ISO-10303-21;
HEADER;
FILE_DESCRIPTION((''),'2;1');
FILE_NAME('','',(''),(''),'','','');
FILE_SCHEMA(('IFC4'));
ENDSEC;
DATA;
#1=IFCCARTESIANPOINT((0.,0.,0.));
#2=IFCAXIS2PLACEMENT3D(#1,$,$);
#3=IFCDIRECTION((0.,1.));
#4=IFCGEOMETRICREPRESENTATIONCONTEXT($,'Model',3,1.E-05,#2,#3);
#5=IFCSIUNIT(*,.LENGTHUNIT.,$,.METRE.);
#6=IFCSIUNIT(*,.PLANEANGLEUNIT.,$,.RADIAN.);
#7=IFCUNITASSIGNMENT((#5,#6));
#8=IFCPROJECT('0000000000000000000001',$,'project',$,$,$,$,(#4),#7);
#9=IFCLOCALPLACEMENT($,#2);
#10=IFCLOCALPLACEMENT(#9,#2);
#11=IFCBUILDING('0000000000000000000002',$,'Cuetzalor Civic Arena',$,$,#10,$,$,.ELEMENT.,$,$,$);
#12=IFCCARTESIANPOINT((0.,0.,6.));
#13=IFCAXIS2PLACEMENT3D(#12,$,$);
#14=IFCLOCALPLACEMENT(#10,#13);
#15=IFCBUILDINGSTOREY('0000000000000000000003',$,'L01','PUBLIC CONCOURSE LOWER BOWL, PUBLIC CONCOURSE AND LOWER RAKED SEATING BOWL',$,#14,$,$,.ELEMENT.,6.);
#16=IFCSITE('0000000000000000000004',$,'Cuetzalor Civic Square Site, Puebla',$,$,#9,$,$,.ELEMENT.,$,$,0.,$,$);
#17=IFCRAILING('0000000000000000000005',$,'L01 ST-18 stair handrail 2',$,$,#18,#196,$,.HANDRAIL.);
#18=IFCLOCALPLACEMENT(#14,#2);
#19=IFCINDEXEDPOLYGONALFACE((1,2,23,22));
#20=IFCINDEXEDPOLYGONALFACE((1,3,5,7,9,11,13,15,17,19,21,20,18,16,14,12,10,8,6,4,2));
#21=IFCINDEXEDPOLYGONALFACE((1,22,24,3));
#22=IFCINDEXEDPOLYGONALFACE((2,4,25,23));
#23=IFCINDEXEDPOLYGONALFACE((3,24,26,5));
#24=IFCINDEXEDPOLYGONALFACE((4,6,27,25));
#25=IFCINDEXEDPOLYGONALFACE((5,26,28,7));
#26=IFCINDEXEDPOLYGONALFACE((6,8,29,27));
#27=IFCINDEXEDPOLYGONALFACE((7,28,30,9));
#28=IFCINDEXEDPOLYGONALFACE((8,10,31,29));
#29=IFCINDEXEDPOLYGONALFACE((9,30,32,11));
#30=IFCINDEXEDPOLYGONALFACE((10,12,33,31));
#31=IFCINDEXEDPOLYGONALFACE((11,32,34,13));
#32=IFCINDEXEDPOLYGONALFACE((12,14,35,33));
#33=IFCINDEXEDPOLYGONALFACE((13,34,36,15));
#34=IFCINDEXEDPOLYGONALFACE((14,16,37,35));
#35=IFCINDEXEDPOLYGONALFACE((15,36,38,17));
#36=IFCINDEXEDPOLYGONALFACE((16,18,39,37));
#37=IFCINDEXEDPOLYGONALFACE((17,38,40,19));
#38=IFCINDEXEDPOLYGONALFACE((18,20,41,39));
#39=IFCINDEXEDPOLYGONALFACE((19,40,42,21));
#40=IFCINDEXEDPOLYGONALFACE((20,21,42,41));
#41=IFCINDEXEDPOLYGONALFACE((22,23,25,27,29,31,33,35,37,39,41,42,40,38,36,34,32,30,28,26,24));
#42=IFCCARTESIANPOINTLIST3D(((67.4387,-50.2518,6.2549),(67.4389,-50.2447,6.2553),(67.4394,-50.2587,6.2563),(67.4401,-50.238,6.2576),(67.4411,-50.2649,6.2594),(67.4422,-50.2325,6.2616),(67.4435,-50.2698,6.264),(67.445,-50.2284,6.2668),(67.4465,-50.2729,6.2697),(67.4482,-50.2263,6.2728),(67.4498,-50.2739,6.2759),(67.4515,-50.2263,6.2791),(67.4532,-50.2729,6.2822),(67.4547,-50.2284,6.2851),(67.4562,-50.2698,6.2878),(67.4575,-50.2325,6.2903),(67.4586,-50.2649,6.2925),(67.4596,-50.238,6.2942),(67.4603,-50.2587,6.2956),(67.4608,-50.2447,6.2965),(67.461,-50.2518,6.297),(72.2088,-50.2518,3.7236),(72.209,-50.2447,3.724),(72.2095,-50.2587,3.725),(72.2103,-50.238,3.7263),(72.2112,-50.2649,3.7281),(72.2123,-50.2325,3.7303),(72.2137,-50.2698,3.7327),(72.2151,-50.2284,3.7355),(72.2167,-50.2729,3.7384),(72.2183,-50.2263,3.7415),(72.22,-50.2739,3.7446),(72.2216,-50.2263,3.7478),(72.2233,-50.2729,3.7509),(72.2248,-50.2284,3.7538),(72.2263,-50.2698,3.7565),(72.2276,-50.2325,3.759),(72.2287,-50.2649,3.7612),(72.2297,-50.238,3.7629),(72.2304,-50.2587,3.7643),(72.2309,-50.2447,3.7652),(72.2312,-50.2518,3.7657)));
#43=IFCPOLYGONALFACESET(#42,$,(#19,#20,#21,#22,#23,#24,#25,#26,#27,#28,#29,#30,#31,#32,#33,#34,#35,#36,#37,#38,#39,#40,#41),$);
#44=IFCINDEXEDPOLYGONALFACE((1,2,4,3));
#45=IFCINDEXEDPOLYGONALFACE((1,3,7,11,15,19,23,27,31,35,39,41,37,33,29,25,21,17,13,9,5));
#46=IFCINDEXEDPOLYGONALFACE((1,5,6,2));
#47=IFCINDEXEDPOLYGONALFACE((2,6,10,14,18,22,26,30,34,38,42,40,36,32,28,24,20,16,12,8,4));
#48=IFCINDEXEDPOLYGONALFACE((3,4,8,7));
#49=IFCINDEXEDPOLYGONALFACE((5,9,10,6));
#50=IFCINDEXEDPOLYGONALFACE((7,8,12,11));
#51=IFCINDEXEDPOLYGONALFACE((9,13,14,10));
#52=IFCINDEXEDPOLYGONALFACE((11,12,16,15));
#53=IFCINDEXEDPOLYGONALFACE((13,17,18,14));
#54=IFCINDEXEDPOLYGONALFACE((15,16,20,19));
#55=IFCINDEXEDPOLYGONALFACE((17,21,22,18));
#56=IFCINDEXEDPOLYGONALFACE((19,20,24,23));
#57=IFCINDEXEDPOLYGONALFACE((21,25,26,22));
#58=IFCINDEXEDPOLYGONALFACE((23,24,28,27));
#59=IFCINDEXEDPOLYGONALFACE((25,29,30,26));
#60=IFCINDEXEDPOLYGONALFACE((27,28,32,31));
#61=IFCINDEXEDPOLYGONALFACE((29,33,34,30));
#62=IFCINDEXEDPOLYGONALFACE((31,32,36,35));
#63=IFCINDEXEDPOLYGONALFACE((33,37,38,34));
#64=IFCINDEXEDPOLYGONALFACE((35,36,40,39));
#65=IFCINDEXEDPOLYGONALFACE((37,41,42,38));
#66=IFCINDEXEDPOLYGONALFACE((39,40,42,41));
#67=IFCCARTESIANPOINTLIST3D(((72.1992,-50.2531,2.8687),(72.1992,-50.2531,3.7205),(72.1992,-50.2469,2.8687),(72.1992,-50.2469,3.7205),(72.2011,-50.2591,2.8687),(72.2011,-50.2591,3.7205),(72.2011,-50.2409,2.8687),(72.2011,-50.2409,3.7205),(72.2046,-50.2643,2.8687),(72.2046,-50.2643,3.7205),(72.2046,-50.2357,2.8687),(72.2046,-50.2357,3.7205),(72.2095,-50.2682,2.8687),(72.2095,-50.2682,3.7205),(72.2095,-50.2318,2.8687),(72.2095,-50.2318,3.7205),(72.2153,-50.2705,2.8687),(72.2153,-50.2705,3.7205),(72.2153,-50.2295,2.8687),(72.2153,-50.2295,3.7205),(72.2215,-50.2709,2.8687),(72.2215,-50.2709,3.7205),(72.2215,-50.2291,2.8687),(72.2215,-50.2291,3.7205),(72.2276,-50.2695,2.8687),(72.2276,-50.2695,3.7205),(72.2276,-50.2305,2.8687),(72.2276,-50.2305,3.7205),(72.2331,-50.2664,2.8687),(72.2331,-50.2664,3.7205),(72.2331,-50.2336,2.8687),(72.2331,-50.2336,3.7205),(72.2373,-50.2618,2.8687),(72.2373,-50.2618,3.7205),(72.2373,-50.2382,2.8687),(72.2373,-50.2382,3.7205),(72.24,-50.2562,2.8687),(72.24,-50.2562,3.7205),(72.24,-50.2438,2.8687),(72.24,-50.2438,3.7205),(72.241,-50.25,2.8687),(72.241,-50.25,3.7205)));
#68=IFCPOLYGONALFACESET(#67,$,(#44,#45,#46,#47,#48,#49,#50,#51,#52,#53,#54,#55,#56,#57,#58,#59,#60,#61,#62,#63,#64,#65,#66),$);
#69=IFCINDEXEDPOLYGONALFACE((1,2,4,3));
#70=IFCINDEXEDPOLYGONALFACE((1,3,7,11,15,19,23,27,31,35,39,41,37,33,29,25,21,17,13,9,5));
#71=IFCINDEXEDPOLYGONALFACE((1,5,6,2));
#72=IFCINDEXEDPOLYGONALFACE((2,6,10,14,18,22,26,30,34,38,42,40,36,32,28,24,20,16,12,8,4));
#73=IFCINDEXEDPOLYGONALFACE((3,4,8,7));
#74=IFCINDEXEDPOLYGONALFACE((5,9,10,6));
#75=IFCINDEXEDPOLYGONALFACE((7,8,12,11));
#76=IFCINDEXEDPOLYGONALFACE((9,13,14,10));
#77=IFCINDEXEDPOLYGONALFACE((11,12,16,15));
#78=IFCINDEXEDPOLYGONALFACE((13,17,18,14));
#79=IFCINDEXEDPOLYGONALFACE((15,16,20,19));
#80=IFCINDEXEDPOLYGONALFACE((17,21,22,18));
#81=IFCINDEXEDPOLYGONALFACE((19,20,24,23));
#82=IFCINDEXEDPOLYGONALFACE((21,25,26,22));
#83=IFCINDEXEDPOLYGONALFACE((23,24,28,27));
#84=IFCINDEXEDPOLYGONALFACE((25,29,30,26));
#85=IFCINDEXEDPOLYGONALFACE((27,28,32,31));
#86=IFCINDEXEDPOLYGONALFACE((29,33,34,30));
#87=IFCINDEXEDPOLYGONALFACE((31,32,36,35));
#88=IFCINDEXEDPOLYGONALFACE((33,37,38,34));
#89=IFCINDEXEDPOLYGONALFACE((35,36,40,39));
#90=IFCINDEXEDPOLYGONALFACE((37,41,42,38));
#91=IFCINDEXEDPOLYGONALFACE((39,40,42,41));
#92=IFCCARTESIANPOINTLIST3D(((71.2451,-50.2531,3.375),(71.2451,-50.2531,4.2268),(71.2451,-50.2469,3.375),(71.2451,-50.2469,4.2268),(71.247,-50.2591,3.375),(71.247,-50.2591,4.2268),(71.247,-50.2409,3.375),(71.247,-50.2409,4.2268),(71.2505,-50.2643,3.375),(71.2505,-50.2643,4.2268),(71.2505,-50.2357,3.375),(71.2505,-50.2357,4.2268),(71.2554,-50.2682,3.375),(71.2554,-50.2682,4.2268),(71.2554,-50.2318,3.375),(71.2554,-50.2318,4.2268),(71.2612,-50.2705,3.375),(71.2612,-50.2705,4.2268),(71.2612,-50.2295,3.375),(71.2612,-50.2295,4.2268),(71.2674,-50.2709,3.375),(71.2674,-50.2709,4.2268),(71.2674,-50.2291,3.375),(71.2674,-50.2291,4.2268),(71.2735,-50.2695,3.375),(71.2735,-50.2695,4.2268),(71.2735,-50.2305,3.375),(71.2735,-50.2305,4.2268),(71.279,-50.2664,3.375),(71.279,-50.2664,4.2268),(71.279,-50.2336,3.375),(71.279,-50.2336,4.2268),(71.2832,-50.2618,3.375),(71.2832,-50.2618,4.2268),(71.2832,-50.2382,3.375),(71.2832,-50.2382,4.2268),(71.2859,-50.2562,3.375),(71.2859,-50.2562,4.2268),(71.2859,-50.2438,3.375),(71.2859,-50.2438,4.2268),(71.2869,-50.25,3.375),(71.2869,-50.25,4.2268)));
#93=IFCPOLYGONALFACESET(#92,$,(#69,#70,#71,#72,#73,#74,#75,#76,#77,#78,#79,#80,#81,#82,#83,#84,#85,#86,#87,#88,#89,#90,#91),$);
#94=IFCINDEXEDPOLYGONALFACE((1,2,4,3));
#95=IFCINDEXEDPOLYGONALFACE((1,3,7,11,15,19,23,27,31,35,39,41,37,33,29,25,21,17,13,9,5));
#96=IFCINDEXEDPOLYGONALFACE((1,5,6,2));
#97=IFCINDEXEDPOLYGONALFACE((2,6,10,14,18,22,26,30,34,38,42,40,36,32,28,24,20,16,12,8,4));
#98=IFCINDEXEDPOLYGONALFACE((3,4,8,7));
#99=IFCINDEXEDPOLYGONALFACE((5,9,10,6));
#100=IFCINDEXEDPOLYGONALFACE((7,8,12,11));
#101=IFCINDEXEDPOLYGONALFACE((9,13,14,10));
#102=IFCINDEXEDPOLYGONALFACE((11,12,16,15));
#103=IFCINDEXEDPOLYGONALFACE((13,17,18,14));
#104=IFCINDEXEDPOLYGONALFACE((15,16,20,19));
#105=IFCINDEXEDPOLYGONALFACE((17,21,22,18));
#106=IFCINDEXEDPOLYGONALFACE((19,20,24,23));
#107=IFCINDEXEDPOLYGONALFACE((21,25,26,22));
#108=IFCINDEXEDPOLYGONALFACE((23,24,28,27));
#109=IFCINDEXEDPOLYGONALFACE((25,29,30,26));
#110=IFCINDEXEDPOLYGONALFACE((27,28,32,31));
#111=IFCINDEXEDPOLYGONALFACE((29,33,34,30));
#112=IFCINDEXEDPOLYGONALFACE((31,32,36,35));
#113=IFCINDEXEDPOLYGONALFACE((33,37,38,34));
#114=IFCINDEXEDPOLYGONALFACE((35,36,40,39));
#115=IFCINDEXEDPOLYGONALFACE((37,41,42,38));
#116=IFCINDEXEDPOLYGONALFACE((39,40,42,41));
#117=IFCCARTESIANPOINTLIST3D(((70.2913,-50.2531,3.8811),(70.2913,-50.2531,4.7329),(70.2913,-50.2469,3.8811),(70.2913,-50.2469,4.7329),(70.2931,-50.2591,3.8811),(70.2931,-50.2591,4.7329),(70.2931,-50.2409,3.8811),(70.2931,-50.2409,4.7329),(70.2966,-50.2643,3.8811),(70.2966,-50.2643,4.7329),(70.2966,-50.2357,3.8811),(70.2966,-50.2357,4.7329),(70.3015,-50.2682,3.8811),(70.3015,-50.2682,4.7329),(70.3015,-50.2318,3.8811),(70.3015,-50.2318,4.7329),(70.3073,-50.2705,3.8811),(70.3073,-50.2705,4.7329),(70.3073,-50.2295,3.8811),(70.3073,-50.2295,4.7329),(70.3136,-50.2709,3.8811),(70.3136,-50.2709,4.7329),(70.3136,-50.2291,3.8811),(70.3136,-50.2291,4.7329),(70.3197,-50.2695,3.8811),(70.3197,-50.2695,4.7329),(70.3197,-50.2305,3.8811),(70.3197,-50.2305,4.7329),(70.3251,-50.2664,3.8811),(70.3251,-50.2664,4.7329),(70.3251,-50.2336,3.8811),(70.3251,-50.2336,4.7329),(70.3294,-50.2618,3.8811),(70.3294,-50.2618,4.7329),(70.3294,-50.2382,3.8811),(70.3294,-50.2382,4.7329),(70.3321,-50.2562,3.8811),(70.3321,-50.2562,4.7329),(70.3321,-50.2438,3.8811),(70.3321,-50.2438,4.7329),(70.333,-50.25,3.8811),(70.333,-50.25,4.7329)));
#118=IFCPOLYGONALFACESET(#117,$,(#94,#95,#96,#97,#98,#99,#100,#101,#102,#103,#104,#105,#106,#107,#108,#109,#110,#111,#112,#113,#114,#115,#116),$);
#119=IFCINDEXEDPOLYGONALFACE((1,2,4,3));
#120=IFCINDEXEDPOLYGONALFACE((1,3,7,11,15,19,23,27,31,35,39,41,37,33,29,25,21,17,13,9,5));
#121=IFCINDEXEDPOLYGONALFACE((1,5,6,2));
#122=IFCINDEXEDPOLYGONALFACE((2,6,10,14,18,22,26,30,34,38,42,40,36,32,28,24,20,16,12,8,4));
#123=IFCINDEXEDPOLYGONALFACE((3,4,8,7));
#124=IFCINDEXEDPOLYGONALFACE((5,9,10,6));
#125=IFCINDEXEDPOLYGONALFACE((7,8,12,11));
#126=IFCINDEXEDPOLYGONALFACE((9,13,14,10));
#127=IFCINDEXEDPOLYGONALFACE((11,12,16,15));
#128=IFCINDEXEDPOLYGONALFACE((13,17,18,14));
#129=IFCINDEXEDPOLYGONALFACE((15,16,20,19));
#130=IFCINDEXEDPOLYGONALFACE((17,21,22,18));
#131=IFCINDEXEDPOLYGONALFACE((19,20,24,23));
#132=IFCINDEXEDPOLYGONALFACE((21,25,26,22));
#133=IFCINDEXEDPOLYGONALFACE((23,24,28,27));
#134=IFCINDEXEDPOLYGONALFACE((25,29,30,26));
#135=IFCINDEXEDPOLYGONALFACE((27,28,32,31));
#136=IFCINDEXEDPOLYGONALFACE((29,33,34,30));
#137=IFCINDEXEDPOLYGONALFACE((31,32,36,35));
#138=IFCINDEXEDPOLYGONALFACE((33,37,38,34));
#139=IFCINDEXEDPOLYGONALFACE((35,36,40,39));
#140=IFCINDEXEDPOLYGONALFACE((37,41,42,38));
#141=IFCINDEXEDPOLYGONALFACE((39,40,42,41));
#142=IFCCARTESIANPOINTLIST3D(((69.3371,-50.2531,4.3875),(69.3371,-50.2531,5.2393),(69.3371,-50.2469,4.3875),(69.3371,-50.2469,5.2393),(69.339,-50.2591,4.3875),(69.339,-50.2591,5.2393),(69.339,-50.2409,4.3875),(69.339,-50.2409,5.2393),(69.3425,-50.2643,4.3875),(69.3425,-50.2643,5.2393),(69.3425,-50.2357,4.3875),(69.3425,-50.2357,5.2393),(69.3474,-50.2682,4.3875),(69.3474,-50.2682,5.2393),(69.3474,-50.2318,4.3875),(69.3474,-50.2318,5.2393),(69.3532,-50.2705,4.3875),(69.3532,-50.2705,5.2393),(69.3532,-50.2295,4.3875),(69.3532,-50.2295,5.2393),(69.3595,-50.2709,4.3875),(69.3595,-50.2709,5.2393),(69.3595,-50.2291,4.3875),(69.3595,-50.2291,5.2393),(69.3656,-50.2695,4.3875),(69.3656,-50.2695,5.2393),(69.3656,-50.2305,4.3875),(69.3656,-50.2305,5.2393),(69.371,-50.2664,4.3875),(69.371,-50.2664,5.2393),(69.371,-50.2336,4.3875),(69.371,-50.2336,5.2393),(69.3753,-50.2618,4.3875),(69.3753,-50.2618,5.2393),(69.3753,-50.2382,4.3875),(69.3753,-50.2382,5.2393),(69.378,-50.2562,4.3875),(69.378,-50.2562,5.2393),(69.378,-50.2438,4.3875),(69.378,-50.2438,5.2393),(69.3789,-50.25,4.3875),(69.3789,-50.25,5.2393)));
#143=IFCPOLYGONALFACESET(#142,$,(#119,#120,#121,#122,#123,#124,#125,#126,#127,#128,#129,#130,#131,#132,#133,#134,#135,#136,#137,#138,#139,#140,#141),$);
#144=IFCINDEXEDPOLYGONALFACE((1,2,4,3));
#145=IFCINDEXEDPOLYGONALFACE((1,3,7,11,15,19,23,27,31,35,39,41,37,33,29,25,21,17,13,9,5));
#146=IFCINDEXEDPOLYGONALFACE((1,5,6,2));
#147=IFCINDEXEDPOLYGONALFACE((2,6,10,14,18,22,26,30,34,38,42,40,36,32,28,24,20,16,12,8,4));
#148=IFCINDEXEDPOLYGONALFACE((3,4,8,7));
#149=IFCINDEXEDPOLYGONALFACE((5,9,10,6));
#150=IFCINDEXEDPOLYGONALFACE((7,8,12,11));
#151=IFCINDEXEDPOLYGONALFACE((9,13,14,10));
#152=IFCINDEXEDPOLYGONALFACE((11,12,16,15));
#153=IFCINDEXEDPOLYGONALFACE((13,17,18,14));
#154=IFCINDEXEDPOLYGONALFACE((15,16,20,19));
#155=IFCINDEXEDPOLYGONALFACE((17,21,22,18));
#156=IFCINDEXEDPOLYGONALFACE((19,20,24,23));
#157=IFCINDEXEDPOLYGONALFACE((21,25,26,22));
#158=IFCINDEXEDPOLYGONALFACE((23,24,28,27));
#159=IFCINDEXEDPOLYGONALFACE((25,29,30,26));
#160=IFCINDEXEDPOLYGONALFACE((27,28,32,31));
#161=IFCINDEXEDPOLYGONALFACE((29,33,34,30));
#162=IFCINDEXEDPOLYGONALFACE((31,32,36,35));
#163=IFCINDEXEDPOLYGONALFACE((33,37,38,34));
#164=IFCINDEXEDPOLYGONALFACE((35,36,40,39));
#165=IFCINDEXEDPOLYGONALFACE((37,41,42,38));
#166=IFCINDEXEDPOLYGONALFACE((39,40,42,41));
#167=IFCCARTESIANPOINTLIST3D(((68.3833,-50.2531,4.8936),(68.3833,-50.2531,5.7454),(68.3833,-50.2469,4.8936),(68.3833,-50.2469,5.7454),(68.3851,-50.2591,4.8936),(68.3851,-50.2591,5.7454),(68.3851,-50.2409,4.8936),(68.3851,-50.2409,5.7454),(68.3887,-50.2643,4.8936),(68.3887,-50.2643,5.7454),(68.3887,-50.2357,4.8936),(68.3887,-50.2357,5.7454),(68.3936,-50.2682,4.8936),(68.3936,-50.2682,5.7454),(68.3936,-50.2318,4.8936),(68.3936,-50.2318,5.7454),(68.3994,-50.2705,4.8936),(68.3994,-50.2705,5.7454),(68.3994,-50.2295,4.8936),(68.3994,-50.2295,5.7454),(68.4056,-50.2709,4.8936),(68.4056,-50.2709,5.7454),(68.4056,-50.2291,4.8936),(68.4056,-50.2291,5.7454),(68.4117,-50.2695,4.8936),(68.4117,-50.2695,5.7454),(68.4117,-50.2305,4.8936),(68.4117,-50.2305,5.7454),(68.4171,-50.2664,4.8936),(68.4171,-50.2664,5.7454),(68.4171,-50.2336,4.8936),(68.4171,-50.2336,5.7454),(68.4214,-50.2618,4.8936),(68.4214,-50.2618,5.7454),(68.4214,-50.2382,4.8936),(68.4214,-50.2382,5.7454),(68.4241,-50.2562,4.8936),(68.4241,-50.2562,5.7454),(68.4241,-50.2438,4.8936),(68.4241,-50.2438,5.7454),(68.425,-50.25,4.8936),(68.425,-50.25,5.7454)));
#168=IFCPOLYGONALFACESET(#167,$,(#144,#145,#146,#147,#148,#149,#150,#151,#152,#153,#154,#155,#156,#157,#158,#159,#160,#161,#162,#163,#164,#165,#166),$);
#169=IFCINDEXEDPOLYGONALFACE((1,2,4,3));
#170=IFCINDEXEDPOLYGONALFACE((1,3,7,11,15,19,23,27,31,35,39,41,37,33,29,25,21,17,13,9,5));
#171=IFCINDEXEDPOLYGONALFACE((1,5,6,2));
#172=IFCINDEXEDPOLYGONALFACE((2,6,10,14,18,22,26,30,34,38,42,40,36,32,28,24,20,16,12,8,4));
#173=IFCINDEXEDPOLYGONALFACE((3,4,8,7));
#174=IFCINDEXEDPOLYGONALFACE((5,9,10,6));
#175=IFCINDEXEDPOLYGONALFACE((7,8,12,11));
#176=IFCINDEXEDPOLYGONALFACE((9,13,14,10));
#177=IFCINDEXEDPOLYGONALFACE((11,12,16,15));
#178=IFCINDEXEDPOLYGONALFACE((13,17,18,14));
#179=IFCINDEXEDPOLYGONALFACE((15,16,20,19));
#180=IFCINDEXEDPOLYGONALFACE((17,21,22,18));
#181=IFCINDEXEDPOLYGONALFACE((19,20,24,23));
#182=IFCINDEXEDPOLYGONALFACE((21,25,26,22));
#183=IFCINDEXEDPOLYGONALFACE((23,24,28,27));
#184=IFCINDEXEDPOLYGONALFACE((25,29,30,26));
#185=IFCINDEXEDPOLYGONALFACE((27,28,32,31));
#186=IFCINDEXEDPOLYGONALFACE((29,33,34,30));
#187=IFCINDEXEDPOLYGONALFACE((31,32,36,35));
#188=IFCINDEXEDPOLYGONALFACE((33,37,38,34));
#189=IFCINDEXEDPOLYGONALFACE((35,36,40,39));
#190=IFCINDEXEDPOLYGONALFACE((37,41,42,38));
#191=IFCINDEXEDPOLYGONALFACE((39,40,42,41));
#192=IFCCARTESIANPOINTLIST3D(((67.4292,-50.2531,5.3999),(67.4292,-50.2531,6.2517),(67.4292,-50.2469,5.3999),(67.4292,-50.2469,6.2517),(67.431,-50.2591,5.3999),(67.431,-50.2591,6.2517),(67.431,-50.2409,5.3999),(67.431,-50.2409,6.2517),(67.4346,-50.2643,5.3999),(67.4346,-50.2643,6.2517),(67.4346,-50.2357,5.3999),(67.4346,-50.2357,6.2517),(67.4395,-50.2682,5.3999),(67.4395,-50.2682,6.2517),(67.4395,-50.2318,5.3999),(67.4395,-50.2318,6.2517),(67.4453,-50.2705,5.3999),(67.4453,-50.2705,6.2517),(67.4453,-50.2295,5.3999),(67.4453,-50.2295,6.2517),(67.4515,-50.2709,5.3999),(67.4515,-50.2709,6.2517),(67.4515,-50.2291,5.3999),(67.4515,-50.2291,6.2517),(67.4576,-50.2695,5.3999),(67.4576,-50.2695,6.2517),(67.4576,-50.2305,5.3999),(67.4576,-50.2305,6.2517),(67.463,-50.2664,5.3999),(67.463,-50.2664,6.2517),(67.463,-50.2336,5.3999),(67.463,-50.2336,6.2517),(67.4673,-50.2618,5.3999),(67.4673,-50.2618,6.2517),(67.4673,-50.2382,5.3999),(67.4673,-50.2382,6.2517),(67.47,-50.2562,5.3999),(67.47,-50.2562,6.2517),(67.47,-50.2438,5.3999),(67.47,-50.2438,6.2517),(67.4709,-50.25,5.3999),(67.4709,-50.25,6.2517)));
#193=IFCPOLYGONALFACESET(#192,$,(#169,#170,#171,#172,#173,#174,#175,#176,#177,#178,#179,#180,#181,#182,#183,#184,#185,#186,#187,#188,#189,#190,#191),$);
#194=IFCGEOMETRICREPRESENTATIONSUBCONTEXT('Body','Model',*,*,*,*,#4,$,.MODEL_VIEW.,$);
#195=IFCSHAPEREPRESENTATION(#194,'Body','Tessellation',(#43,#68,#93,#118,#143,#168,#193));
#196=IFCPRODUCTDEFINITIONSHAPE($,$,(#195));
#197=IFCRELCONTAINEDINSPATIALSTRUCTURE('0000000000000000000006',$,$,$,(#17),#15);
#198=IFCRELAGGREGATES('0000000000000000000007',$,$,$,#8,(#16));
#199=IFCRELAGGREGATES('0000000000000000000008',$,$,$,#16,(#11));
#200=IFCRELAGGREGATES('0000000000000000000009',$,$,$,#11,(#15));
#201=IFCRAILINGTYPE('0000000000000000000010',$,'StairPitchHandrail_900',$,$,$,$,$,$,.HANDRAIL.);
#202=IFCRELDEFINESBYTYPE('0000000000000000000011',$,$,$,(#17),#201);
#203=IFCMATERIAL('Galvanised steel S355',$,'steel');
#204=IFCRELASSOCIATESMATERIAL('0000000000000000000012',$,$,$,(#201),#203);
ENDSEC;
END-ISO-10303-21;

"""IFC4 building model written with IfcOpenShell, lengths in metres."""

from ifc_helpers import new_model, si_unit, direction, frame, origin, origin_2d, place, context, subcontext, project, spatial, circle, extrude, material, type_object, element, save


model = new_model("IFC4")

# Units and contexts
model_context = context("Model", 3, precision=1e-05, world=origin(), true_north=direction((0.0, 1.0)))
body_context = subcontext(model_context, "Body", "Model", "MODEL_VIEW")
ifc_project = project(units=[si_unit("LENGTHUNIT", "METRE"), si_unit("PLANEANGLEUNIT", "RADIAN")], contexts=[model_context])

# Site, building, storey
site_placement = place(None, origin())
site = spatial("IfcSite", under=ifc_project, at=site_placement, Name="Cuetzalor Civic Square Site, Puebla", CompositionType="ELEMENT", RefElevation=0.0)
building_placement = place(site_placement, origin())
building = spatial("IfcBuilding", under=site, at=building_placement, Name="Cuetzalor Civic Arena", CompositionType="ELEMENT")
storey_placement = place(building_placement, frame((0.0, 0.0, 6.0)))
storey = spatial("IfcBuildingStorey", under=building, at=storey_placement, Name="L01", Description="PUBLIC CONCOURSE LOWER BOWL, PUBLIC CONCOURSE AND LOWER RAKED SEATING BOWL", CompositionType="ELEMENT", Elevation=6.0)

# Railing
ifc_material_1 = material(Name="Galvanised steel S355", Category="steel")
railing_type_1 = type_object("IfcRailingType", Name="StairPitchHandrail_900", PredefinedType="HANDRAIL", material=ifc_material_1)
railing_1_placement = place(storey_placement, frame((72.22, -50.25, 2.8687)))
element("IfcRailing", 1, at=railing_1_placement, inside=storey, type_object=railing_type_1, Name="L01 ST-18 stair handrail 2", PredefinedType="HANDRAIL", context=body_context, shape_type="SweptSolid", body=[
    extrude(circle(Radius=0.0239, at=origin_2d()), frame((0.0, 0.0, 0.876), z_axis=(-0.883332, 0.0, 0.468747), x_axis=(0.0, -1.0, 0.0)), (0.0, 0.0, 1.0), 5.4001),
    extrude(circle(Radius=0.021, at=origin_2d()), origin(), (0.0, 0.0, 1.0), 0.8518),
    extrude(circle(Radius=0.021, at=origin_2d()), frame((-0.9541, 0.0, 0.5063)), (0.0, 0.0, 1.0), 0.8518),
    extrude(circle(Radius=0.021, at=origin_2d()), frame((-1.908, 0.0, 1.0125)), (0.0, 0.0, 1.0), 0.8518),
    extrude(circle(Radius=0.021, at=origin_2d()), frame((-2.8621, 0.0, 1.5188)), (0.0, 0.0, 1.0), 0.8518),
    extrude(circle(Radius=0.021, at=origin_2d()), frame((-3.8159, 0.0, 2.0249)), (0.0, 0.0, 1.0), 0.8518),
    extrude(circle(Radius=0.021, at=origin_2d()), frame((-4.77, 0.0, 2.5312)), (0.0, 0.0, 1.0), 0.8518),
])

save(model, "model.ifc")
